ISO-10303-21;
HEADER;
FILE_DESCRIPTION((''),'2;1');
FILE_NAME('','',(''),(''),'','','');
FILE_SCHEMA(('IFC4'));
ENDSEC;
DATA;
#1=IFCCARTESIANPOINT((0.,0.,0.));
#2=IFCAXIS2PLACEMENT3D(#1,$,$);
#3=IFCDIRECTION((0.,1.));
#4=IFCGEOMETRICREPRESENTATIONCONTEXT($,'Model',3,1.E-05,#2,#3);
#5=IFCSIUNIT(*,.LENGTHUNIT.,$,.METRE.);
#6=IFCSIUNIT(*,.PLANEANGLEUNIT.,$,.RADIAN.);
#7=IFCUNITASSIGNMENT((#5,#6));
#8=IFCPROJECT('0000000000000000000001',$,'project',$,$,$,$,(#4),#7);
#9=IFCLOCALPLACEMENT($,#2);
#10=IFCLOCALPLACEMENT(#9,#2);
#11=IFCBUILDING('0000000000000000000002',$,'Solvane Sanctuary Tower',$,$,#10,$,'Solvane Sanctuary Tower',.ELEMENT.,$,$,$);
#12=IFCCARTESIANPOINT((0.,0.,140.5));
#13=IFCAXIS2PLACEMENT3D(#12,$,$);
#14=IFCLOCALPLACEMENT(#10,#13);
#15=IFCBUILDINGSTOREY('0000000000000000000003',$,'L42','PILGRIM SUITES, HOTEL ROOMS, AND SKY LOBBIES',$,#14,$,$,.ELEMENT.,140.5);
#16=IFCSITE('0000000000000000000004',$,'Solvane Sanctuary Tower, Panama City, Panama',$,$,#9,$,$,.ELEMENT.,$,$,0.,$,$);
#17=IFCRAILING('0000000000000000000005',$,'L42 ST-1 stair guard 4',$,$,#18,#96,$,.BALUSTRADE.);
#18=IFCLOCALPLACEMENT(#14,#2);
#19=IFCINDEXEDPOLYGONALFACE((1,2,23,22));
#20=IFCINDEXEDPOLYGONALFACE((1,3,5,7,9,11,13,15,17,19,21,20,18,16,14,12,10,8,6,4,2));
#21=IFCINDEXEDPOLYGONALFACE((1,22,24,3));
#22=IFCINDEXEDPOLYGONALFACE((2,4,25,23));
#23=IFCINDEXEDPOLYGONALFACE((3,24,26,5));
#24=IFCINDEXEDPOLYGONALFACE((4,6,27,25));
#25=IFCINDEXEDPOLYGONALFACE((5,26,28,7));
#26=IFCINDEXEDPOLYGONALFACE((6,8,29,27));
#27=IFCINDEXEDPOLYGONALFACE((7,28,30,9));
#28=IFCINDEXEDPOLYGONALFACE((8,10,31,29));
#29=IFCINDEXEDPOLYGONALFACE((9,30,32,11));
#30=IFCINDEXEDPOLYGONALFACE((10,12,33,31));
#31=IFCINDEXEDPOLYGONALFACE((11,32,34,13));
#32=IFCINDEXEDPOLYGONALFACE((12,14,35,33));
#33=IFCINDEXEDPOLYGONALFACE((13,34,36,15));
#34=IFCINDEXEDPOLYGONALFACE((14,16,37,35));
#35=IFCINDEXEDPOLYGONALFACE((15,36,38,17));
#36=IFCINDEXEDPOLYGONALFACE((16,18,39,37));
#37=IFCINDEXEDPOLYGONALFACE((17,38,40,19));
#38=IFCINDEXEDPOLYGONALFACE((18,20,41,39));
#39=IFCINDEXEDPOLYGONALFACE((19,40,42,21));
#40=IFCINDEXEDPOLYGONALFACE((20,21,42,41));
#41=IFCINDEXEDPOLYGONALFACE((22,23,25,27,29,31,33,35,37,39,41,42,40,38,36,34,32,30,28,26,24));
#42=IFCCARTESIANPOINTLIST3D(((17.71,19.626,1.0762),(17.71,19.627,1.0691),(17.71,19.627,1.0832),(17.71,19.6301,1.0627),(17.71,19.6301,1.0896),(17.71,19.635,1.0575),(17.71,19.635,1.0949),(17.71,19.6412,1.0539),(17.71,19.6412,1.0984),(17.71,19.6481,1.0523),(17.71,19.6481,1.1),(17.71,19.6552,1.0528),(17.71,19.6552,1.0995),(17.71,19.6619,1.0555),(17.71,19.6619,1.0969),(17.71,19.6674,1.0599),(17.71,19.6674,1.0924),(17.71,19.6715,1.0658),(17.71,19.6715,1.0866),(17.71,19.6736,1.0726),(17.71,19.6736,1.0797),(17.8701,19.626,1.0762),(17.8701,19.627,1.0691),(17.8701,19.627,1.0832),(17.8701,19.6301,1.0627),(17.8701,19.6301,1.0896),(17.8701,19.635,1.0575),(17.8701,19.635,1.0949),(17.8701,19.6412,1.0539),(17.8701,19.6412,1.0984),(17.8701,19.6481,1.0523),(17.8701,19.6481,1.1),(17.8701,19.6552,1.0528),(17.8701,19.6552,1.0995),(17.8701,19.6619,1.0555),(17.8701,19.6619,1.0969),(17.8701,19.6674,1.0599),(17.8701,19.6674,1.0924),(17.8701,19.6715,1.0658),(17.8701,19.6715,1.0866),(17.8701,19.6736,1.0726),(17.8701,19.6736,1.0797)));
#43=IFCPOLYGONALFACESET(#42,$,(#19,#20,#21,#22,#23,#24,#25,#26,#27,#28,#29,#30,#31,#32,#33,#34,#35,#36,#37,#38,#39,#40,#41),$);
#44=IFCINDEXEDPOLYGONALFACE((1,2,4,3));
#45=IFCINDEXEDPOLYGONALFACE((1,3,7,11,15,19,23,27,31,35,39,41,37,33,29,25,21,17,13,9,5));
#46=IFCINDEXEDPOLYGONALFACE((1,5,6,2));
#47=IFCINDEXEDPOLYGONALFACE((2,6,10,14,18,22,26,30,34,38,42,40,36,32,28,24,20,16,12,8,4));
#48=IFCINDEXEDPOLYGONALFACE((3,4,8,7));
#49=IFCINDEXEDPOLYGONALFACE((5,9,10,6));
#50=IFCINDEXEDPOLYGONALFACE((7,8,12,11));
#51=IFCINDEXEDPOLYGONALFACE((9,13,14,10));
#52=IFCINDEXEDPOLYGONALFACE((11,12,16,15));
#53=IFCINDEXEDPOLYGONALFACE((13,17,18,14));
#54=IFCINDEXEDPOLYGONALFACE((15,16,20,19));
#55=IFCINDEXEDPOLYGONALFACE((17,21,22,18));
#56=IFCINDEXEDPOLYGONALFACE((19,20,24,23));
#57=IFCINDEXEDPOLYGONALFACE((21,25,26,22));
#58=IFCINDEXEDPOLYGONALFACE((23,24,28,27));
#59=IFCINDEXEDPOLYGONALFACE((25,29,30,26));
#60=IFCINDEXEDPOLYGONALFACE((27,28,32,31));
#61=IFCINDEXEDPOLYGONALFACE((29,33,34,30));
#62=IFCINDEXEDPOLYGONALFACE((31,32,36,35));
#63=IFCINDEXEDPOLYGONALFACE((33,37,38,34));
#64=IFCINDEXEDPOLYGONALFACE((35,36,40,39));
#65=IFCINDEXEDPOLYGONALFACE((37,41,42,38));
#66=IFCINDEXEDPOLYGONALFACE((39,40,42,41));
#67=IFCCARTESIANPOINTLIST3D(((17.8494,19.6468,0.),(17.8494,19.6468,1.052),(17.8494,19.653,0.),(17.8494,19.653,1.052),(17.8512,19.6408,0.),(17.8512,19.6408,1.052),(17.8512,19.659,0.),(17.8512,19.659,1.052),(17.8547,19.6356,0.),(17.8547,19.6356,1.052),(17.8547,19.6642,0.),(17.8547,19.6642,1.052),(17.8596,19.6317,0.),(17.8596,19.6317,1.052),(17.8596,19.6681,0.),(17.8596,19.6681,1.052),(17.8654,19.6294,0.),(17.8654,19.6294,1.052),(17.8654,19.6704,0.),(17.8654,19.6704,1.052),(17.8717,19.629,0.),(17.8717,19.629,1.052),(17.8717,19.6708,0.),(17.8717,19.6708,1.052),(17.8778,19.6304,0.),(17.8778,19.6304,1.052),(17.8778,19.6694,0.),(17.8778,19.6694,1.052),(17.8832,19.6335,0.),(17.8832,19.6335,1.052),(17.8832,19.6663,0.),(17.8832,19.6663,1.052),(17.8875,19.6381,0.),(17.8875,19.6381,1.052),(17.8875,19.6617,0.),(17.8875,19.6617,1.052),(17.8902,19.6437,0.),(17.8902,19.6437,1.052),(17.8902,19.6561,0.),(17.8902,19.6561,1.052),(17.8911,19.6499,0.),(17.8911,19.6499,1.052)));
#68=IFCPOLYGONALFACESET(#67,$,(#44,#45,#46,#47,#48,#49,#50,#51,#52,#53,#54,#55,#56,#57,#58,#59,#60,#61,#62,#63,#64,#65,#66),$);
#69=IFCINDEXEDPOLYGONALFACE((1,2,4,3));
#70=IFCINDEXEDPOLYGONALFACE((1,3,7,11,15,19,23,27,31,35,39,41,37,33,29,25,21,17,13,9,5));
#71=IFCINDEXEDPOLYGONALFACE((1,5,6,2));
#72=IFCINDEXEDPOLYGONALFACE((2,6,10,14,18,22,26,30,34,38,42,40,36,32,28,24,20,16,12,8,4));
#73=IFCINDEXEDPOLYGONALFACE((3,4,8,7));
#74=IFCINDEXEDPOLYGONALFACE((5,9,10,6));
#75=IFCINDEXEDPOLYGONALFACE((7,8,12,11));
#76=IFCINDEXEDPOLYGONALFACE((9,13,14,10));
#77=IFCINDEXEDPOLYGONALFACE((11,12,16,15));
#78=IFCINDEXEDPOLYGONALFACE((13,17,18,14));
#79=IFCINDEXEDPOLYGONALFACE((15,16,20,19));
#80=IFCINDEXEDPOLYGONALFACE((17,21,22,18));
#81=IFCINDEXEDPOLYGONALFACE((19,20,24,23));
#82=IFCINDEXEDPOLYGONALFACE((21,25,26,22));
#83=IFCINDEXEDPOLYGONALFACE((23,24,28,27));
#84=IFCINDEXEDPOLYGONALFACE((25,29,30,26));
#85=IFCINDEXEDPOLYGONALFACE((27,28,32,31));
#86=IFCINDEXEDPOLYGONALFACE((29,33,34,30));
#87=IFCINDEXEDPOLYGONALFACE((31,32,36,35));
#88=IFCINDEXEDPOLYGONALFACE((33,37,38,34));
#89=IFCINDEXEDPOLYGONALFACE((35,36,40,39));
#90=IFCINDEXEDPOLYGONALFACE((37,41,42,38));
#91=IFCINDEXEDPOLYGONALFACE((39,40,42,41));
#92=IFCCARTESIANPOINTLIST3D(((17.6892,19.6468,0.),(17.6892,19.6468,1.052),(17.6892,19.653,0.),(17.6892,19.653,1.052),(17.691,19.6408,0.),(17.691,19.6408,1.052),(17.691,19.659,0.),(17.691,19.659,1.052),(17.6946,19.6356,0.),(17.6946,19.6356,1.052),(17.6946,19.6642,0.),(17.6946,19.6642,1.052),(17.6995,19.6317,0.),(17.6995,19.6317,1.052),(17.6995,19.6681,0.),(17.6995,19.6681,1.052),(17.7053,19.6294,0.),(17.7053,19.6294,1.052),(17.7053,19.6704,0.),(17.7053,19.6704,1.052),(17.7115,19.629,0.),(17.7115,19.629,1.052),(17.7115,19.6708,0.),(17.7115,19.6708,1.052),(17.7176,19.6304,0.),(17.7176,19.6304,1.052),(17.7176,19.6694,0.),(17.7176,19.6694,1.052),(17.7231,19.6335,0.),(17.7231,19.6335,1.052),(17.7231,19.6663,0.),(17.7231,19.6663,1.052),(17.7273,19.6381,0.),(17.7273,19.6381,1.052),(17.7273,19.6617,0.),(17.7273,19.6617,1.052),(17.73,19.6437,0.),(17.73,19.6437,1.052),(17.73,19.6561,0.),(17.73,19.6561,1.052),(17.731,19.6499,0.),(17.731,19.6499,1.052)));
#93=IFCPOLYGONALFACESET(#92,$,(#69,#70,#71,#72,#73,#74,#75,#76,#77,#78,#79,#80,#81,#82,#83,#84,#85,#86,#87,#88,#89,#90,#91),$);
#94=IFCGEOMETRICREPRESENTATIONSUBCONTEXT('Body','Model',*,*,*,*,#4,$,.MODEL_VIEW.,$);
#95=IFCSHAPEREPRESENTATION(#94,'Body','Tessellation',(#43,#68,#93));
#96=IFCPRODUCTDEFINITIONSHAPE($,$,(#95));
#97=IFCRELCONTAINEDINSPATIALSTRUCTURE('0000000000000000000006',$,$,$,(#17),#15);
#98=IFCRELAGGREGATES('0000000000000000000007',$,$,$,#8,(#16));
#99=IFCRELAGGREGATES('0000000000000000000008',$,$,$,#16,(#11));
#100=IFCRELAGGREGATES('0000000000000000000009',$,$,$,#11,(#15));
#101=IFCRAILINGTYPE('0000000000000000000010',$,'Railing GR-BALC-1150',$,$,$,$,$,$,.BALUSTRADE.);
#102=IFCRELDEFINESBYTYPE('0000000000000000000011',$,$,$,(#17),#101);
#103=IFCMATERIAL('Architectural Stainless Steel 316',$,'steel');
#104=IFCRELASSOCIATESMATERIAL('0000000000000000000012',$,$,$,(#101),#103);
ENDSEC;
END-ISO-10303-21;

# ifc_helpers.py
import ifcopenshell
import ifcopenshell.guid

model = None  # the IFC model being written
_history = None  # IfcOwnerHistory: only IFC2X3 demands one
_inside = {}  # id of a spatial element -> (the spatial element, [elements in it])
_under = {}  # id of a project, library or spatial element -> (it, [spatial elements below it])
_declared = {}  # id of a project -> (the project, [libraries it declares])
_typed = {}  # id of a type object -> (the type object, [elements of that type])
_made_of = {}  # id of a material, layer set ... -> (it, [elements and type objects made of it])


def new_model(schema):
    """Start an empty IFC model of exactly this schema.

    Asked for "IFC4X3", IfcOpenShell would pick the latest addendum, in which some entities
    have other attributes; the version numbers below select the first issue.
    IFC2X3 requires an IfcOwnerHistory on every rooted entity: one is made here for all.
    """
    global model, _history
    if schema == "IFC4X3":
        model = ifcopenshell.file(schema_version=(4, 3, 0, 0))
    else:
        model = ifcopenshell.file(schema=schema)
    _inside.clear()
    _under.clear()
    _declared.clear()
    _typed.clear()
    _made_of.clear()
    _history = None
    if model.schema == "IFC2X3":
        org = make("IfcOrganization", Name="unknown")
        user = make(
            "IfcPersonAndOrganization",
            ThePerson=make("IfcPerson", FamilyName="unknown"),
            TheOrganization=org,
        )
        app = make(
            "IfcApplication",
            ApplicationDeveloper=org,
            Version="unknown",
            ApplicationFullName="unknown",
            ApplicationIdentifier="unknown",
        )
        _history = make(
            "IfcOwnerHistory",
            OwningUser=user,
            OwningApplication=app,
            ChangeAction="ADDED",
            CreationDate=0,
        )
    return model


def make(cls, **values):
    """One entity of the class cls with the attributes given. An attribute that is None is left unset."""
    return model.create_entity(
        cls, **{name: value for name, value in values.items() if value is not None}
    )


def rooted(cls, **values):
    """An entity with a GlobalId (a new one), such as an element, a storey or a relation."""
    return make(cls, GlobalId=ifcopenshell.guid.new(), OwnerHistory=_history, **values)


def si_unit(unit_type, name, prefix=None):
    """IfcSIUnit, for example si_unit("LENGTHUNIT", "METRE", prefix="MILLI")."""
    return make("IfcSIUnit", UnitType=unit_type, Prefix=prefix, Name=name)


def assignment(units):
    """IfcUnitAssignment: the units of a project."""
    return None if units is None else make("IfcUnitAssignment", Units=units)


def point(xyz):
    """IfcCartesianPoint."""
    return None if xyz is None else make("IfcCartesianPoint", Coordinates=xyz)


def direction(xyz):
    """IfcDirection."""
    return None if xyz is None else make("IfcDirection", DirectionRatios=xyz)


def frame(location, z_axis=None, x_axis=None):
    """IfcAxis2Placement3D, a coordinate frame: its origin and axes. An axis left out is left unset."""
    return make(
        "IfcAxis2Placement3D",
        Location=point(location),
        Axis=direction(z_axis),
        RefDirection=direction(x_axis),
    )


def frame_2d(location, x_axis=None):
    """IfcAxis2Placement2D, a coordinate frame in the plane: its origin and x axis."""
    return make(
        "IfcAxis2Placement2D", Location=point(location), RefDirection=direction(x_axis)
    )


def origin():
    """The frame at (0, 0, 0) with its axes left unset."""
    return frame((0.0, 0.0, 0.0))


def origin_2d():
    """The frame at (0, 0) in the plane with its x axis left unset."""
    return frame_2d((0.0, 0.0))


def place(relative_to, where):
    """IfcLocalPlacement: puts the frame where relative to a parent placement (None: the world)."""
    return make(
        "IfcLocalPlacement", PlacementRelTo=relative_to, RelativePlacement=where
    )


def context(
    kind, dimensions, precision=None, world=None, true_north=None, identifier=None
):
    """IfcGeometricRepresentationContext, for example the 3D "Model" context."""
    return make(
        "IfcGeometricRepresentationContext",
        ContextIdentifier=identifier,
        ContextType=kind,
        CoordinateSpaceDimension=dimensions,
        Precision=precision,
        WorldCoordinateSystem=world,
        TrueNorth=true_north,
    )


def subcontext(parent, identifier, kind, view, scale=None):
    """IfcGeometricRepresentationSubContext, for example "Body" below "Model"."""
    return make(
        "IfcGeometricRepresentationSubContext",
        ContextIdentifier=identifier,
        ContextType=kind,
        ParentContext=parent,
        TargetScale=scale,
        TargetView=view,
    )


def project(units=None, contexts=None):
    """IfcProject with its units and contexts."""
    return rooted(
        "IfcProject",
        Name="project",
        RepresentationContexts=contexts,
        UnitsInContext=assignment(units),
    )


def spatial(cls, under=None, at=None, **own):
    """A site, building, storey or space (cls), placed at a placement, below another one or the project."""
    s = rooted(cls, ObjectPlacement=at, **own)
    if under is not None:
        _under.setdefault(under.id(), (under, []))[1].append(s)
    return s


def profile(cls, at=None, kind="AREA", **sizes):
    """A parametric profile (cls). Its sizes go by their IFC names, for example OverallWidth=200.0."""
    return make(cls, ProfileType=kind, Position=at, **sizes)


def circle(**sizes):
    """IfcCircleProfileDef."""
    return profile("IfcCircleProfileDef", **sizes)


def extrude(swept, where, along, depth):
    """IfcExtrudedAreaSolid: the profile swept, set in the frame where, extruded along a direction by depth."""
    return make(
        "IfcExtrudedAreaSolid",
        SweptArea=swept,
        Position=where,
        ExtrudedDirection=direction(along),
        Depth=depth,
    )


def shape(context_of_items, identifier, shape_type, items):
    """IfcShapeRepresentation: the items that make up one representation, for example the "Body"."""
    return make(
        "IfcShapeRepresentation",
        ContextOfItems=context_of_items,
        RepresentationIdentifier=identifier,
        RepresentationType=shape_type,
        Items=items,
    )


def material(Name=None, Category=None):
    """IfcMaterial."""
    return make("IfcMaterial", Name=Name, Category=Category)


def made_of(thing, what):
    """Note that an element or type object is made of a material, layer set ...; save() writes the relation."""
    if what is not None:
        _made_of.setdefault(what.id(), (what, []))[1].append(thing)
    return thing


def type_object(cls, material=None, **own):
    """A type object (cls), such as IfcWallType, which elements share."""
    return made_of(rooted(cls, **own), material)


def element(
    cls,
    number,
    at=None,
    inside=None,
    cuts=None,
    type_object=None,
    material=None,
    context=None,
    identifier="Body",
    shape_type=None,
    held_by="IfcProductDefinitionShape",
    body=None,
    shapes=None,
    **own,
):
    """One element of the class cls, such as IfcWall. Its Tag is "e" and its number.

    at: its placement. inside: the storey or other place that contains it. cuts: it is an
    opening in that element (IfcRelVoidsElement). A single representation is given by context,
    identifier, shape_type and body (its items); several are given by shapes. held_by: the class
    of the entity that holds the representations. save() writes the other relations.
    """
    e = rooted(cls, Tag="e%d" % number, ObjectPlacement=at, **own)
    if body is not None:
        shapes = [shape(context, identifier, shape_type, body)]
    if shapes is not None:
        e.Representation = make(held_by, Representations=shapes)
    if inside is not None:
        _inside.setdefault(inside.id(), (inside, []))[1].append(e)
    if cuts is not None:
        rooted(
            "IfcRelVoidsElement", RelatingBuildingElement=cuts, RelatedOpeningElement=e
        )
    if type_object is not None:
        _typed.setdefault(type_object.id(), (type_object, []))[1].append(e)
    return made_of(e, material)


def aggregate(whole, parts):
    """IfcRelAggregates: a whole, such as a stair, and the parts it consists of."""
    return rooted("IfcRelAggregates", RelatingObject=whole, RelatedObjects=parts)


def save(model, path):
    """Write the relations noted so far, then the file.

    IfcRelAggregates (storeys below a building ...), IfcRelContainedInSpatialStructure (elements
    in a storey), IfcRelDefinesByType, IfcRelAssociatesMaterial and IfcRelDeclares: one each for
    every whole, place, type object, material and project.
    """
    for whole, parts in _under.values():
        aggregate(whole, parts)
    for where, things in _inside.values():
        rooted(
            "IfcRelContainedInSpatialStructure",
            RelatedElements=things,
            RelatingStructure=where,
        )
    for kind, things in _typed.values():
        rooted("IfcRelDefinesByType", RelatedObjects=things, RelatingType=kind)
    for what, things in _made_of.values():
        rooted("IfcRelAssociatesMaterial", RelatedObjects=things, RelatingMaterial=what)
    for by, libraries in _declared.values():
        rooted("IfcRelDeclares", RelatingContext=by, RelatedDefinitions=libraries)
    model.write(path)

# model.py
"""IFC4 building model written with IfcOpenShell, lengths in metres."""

from ifc_helpers import new_model, si_unit, direction, frame, origin, origin_2d, place, context, subcontext, project, spatial, circle, extrude, material, type_object, element, save


model = new_model("IFC4")

# Units and contexts
model_context = context("Model", 3, precision=1e-05, world=origin(), true_north=direction((0.0, 1.0)))
body_context = subcontext(model_context, "Body", "Model", "MODEL_VIEW")
ifc_project = project(units=[si_unit("LENGTHUNIT", "METRE"), si_unit("PLANEANGLEUNIT", "RADIAN")], contexts=[model_context])

# Site, building, storey
site_placement = place(None, origin())
site = spatial("IfcSite", under=ifc_project, at=site_placement, Name="Solvane Sanctuary Tower, Panama City, Panama", CompositionType="ELEMENT", RefElevation=0.0)
building_placement = place(site_placement, origin())
building = spatial("IfcBuilding", under=site, at=building_placement, Name="Solvane Sanctuary Tower", LongName="Solvane Sanctuary Tower", CompositionType="ELEMENT")
storey_placement = place(building_placement, frame((0.0, 0.0, 140.5)))
storey = spatial("IfcBuildingStorey", under=building, at=storey_placement, Name="L42", Description="PILGRIM SUITES, HOTEL ROOMS, AND SKY LOBBIES", CompositionType="ELEMENT", Elevation=140.5)

# Shared definitions
ifc_material_1 = material(Name="Architectural Stainless Steel 316", Category="steel")

# Railing
railing_type = type_object("IfcRailingType", Name="Railing GR-BALC-1150", PredefinedType="BALUSTRADE", material=ifc_material_1)
railing_1_placement = place(storey_placement, frame((17.8701, 19.6499, 0.0)))
element("IfcRailing", 1, at=railing_1_placement, inside=storey, type_object=railing_type, Name="L42 ST-1 stair guard 4", PredefinedType="BALUSTRADE", context=body_context, shape_type="SweptSolid", body=[
    extrude(circle(Radius=0.0239, at=origin_2d()), frame((0.0, 0.0, 1.0762), z_axis=(-1.0, 0.0, 0.0), x_axis=(0.0, -1.0, 0.0)), (0.0, 0.0, 1.0), 0.1602),
    extrude(circle(Radius=0.021, at=origin_2d()), origin(), (0.0, 0.0, 1.0), 1.052),
    extrude(circle(Radius=0.021, at=origin_2d()), frame((-0.1602, 0.0, 0.0)), (0.0, 0.0, 1.0), 1.052),
])

save(model, "model.ifc")
